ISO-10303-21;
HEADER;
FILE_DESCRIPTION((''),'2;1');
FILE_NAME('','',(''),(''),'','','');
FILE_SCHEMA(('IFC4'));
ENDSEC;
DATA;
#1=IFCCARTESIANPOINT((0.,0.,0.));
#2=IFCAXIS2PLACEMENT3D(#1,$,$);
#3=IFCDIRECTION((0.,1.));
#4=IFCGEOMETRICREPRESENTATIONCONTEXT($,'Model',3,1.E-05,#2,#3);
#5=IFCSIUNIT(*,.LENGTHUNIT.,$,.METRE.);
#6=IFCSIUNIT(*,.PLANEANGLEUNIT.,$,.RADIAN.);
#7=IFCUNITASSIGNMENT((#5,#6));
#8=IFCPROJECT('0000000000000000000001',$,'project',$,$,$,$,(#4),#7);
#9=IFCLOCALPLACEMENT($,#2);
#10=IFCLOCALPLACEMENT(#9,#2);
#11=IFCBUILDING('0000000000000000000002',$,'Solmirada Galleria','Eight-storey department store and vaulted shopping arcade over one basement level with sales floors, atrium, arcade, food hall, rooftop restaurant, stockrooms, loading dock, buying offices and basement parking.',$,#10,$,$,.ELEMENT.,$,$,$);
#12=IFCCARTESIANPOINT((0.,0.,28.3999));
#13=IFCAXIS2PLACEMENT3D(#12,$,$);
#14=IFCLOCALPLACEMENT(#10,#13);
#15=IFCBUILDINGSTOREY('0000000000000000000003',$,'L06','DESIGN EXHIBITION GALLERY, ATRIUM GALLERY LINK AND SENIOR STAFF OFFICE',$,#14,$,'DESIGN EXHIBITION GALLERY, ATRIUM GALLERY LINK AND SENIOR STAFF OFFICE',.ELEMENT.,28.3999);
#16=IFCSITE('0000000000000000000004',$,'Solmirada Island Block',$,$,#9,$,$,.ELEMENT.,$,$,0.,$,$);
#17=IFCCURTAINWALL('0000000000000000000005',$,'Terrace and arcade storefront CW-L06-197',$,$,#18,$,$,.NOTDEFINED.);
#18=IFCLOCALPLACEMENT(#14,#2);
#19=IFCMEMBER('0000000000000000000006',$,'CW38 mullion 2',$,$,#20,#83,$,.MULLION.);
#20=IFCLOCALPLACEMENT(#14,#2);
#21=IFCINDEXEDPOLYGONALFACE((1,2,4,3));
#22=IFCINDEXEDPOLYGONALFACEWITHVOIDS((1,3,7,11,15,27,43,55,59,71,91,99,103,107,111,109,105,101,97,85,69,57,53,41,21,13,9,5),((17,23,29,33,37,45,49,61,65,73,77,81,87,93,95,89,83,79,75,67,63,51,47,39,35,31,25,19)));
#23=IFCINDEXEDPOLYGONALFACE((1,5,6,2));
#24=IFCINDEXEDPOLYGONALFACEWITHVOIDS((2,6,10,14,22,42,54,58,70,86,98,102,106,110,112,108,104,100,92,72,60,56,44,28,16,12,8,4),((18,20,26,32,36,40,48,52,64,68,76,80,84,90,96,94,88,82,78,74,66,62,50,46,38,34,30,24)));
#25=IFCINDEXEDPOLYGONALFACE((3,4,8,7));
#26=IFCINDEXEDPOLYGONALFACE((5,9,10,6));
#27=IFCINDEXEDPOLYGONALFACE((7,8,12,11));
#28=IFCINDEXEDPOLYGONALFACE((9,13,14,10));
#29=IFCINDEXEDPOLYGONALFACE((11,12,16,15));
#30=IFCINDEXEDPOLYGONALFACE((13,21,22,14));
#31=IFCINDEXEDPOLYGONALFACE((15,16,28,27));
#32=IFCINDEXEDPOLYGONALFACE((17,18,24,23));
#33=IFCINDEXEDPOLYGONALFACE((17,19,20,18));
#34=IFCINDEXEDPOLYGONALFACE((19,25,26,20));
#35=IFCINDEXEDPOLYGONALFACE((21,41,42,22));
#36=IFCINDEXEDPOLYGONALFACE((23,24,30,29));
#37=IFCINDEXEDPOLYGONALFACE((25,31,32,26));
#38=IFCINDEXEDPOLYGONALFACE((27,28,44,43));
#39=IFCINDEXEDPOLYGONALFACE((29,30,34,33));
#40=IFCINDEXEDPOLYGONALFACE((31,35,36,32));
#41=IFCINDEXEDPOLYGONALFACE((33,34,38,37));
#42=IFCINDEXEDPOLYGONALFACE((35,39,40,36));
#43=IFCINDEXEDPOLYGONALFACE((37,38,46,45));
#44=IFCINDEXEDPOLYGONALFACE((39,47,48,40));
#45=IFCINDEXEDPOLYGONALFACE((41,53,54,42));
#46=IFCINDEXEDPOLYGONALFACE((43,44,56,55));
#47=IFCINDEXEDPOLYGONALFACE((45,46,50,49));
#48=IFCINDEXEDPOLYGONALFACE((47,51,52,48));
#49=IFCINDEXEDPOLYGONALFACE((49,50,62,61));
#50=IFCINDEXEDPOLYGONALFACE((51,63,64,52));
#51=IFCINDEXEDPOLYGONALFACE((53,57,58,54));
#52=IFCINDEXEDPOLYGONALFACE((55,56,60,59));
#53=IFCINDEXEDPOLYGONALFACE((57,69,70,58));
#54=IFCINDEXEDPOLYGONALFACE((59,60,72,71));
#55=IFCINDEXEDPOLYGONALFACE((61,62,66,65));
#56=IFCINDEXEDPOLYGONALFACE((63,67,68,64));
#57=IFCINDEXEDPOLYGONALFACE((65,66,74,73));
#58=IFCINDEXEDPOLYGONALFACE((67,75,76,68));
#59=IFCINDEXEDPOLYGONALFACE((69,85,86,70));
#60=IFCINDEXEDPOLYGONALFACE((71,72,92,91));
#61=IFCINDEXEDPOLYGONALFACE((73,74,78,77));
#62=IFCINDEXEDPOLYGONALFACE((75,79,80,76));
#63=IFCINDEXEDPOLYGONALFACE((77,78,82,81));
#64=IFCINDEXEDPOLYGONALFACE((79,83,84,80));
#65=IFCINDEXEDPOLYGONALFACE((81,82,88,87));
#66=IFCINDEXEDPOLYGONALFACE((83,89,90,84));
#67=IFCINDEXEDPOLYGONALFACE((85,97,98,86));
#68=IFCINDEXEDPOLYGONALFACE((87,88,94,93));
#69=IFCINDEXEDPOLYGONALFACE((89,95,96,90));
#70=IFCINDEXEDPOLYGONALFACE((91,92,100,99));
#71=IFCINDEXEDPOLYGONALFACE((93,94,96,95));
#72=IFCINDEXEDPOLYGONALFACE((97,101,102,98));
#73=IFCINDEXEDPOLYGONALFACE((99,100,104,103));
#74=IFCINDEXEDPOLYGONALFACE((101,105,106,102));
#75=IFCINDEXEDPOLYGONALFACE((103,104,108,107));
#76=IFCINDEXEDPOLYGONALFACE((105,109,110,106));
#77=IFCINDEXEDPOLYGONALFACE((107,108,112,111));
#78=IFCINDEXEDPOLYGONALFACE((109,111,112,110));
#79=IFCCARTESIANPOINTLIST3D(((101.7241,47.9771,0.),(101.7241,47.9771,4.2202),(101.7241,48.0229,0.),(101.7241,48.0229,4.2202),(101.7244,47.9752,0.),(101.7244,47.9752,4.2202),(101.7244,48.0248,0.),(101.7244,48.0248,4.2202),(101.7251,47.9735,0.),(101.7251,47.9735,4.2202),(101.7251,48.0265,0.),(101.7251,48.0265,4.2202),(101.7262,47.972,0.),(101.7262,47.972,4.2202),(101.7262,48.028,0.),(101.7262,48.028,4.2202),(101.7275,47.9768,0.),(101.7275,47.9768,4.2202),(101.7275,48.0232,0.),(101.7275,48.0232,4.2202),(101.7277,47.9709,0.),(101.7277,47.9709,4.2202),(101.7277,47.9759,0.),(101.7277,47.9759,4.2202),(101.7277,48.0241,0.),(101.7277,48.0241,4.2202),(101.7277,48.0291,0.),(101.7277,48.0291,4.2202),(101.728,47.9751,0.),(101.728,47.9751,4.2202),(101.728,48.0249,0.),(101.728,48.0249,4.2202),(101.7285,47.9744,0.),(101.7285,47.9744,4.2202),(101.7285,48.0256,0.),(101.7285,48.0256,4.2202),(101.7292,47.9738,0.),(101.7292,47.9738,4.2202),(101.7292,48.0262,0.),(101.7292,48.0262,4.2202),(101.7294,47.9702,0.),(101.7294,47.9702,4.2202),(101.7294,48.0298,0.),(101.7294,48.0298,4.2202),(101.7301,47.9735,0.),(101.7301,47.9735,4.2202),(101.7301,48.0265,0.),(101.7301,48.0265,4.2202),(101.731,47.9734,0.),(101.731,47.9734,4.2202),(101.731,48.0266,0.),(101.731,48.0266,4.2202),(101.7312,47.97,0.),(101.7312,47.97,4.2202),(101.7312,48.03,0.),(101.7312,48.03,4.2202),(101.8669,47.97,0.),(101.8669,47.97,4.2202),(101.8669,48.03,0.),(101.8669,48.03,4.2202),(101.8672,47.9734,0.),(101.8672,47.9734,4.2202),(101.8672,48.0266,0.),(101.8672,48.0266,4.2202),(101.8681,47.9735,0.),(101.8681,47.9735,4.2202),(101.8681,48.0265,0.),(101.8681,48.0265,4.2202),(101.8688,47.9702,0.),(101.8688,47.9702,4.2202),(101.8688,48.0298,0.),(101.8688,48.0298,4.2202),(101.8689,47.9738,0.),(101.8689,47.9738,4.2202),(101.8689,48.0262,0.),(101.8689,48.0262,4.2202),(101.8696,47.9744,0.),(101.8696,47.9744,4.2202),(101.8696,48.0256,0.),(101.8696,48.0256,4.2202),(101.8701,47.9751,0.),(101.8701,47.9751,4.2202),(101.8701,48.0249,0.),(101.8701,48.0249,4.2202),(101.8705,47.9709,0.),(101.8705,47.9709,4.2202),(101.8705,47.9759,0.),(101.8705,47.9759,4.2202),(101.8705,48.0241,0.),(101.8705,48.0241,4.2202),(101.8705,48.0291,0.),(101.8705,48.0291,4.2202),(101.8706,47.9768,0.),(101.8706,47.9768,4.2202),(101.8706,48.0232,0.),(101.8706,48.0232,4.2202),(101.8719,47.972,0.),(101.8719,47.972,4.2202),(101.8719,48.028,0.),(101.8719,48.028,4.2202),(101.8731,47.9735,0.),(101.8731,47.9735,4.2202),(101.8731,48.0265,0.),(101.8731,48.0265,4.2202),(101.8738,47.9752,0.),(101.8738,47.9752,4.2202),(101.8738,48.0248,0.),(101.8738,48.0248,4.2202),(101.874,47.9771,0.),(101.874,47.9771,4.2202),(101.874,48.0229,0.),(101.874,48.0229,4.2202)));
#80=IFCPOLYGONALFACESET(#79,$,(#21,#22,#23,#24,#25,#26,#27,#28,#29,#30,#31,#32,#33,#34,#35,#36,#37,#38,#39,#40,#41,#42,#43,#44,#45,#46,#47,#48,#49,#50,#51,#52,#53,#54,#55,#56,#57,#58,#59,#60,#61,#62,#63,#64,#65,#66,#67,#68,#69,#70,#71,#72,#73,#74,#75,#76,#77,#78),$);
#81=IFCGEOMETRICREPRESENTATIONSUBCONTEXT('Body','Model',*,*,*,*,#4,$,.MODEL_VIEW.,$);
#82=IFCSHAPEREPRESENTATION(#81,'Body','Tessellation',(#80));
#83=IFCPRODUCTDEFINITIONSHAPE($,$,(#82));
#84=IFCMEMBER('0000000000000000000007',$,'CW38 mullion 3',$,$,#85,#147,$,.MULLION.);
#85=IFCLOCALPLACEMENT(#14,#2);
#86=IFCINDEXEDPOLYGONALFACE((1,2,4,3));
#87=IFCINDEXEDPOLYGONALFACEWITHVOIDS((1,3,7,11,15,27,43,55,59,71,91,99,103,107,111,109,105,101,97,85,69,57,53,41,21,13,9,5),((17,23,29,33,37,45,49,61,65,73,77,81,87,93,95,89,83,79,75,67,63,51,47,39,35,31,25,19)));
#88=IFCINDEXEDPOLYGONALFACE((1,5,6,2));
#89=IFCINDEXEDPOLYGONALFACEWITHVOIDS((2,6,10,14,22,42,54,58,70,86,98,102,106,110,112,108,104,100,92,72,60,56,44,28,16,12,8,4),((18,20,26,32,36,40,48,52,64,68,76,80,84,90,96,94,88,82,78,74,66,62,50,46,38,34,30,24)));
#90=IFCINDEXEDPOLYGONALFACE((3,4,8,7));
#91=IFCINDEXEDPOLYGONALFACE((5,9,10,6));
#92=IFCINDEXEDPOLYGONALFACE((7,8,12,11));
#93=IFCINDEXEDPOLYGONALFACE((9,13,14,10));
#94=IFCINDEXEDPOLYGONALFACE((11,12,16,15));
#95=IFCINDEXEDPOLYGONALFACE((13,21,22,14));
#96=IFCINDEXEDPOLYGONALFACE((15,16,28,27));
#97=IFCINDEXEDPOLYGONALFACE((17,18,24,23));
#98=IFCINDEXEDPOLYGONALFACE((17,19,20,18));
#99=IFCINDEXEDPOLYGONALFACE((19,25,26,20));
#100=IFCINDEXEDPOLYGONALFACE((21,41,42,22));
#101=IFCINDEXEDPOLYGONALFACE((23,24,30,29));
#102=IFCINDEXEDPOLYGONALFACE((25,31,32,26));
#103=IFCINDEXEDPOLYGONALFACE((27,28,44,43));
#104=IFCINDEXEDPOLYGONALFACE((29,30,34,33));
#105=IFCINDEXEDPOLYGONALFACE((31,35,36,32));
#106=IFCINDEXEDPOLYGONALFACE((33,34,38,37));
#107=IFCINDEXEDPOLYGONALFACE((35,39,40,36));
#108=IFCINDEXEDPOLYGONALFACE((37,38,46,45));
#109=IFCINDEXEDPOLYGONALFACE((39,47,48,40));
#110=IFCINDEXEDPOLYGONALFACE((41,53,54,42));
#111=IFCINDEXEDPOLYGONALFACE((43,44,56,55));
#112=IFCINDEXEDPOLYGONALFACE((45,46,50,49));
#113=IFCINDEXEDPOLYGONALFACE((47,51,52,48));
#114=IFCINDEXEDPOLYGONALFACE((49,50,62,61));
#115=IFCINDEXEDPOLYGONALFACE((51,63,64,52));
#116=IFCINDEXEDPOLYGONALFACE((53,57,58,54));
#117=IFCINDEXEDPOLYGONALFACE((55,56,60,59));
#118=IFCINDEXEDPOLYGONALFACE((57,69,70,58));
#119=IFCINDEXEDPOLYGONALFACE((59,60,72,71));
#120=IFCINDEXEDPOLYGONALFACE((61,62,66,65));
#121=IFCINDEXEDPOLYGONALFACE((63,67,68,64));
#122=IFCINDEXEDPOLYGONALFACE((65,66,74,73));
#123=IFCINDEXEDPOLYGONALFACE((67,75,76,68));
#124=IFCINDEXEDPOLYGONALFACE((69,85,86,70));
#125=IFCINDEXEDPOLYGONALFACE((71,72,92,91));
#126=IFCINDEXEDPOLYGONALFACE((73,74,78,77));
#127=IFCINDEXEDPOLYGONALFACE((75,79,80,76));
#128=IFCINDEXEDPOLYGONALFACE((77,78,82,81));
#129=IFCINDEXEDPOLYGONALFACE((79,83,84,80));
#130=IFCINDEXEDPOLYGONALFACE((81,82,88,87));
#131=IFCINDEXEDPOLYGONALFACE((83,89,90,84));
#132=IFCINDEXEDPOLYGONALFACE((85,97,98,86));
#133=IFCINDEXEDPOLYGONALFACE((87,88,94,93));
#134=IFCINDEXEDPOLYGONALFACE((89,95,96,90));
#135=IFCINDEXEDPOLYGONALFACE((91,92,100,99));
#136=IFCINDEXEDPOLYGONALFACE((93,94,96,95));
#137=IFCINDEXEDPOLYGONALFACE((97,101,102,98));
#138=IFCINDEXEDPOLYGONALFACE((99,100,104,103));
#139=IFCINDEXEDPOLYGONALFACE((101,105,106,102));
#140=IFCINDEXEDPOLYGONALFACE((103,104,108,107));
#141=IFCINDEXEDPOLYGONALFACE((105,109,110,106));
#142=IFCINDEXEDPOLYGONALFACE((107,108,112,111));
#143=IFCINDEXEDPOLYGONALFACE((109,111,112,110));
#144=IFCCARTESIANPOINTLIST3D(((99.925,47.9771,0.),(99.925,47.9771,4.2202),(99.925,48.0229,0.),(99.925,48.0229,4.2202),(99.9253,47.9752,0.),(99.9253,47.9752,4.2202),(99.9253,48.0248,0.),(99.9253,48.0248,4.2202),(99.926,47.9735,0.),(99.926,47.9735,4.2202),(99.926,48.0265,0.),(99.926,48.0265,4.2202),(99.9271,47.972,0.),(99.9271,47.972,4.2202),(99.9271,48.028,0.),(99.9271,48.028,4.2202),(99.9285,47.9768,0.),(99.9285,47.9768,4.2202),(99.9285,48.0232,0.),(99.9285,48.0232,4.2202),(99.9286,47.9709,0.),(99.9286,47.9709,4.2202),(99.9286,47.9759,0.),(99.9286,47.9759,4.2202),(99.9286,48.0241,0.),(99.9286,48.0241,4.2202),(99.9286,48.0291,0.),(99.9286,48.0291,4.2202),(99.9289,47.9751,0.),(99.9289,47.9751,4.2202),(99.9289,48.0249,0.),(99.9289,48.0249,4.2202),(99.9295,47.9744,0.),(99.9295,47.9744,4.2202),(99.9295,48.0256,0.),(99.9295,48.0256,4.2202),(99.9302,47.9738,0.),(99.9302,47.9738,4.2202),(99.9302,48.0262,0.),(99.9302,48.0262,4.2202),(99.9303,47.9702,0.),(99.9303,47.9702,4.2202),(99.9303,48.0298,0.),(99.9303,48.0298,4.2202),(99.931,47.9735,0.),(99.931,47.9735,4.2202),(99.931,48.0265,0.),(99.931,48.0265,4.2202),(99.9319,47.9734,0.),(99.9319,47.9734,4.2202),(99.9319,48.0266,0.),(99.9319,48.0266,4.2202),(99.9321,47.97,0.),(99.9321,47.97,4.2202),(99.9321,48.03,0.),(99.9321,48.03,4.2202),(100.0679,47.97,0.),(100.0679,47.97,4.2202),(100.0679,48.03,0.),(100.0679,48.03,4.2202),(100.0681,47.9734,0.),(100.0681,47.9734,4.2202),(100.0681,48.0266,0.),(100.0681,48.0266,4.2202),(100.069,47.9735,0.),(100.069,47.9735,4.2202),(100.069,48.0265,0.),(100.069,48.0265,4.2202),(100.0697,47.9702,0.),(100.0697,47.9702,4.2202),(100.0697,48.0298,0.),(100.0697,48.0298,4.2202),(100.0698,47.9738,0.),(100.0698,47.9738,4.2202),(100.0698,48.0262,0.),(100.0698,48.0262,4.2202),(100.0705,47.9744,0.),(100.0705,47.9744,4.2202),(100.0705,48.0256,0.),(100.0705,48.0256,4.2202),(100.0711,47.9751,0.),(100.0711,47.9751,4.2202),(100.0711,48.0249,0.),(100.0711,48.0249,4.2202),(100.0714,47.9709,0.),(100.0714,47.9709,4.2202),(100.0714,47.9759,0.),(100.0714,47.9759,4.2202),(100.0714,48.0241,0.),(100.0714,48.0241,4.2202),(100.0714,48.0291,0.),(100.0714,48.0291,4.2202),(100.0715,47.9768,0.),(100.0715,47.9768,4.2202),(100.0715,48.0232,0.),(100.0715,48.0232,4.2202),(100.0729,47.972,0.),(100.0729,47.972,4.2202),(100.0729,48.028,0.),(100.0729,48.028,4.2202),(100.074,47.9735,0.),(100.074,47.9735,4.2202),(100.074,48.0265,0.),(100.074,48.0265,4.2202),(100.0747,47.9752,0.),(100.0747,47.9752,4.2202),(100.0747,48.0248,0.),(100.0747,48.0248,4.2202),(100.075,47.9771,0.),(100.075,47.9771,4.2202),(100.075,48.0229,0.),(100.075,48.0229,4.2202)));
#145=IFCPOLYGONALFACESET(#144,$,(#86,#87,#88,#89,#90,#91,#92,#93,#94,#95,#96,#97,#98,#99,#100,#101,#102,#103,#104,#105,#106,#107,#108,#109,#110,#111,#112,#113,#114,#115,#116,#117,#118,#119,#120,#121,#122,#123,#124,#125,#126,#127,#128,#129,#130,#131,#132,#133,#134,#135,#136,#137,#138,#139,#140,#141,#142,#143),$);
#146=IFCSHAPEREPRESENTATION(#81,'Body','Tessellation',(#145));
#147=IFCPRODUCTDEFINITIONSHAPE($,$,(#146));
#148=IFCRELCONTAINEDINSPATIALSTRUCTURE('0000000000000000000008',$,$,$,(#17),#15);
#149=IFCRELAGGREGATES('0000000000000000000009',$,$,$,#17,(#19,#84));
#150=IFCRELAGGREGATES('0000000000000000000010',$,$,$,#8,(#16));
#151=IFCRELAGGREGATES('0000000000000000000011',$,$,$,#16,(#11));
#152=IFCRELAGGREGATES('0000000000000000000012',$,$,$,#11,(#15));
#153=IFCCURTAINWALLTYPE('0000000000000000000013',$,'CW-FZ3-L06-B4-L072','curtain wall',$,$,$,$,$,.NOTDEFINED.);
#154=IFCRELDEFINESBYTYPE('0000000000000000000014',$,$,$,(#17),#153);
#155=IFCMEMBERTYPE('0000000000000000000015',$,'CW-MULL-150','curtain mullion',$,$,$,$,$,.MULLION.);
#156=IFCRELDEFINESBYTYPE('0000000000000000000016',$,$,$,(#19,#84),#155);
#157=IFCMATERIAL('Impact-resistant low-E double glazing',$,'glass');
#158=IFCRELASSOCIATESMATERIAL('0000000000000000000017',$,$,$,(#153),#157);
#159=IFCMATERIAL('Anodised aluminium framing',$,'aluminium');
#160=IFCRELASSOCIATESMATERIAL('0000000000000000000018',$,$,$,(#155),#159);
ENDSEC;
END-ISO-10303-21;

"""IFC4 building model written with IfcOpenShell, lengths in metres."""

from ifc_helpers import new_model, si_unit, direction, frame, origin, origin_2d, place, context, subcontext, project, spatial, hollow_rectangle, extrude, material, material_profile, profile_set, type_object, element, aggregate, save


model = new_model("IFC4")

# Units and contexts
model_context = context("Model", 3, precision=1e-05, world=origin(), true_north=direction((0.0, 1.0)))
body_context = subcontext(model_context, "Body", "Model", "MODEL_VIEW")
ifc_project = project(units=[si_unit("LENGTHUNIT", "METRE"), si_unit("PLANEANGLEUNIT", "RADIAN")], contexts=[model_context])

# Site, building, storey
site_placement = place(None, origin())
site = spatial("IfcSite", under=ifc_project, at=site_placement, Name="Solmirada Island Block", CompositionType="ELEMENT", RefElevation=0.0)
building_placement = place(site_placement, origin())
building = spatial("IfcBuilding", under=site, at=building_placement, Name="Solmirada Galleria", Description="Eight-storey department store and vaulted shopping arcade over one basement level with sales floors, atrium, arcade, food hall, rooftop restaurant, stockrooms, loading dock, buying offices and basement parking.", CompositionType="ELEMENT")
storey_placement = place(building_placement, frame((0.0, 0.0, 28.3999)))
storey = spatial("IfcBuildingStorey", under=building, at=storey_placement, Name="L06", Description="DESIGN EXHIBITION GALLERY, ATRIUM GALLERY LINK AND SENIOR STAFF OFFICE", LongName="DESIGN EXHIBITION GALLERY, ATRIUM GALLERY LINK AND SENIOR STAFF OFFICE", CompositionType="ELEMENT", Elevation=28.3999)

# Shared definitions
ifc_material_1 = material(Name="Impact-resistant low-E double glazing", Category="glass")
curtain_wall_type = type_object("IfcCurtainWallType", Name="CW-FZ3-L06-B4-L072", Description="curtain wall", PredefinedType="NOTDEFINED", material=ifc_material_1)
ifc_material_2 = material(Name="Anodised aluminium framing", Category="aluminium")
ifc_material_profile_1 = material_profile(ifc_material_2, hollow_rectangle(XDim=0.0601, YDim=0.1499, WallThickness=0.0034, InnerFilletRadius=0.0034, OuterFilletRadius=0.0071, at=origin_2d()), Name="ALU-MULL-150X60")
ifc_profile_set_1 = profile_set([ifc_material_profile_1], Name="Anodised aluminium framing")
member_type_1 = type_object("IfcMemberType", Name="CW-MULL-150", Description="curtain mullion", PredefinedType="MULLION", material=ifc_profile_set_1)

# Curtain wall, members
curtain_wall_1_placement = place(storey_placement, origin())
curtain_wall_1 = element("IfcCurtainWall", 1, at=curtain_wall_1_placement, inside=storey, type_object=curtain_wall_type, Name="Terrace and arcade storefront CW-L06-197", PredefinedType="NOTDEFINED")
member_1_placement = place(storey_placement, frame((101.7991, 48.0, 0.0), z_axis=(0.0, 0.0, 1.0), x_axis=(0.0, -1.0, 0.0)))
member_1 = element("IfcMember", 2, at=member_1_placement, type_object=member_type_1, Name="CW38 mullion 2", PredefinedType="MULLION", context=body_context, shape_type="SweptSolid", body=[
    extrude(hollow_rectangle(XDim=0.0601, YDim=0.1499, WallThickness=0.0034, InnerFilletRadius=0.0034, OuterFilletRadius=0.0071, at=origin_2d()), origin(), (0.0, 0.0, 1.0), 4.2202),
])
member_2_placement = place(storey_placement, frame((100.0, 48.0, 0.0), z_axis=(0.0, 0.0, 1.0), x_axis=(0.0, -1.0, 0.0)))
member_2 = element("IfcMember", 3, at=member_2_placement, type_object=member_type_1, Name="CW38 mullion 3", PredefinedType="MULLION", context=body_context, shape_type="SweptSolid", body=[
    extrude(hollow_rectangle(XDim=0.0601, YDim=0.1499, WallThickness=0.0034, InnerFilletRadius=0.0034, OuterFilletRadius=0.0071, at=origin_2d()), origin(), (0.0, 0.0, 1.0), 4.2202),
])

aggregate(curtain_wall_1, [member_1, member_2])

save(model, "model.ifc")
